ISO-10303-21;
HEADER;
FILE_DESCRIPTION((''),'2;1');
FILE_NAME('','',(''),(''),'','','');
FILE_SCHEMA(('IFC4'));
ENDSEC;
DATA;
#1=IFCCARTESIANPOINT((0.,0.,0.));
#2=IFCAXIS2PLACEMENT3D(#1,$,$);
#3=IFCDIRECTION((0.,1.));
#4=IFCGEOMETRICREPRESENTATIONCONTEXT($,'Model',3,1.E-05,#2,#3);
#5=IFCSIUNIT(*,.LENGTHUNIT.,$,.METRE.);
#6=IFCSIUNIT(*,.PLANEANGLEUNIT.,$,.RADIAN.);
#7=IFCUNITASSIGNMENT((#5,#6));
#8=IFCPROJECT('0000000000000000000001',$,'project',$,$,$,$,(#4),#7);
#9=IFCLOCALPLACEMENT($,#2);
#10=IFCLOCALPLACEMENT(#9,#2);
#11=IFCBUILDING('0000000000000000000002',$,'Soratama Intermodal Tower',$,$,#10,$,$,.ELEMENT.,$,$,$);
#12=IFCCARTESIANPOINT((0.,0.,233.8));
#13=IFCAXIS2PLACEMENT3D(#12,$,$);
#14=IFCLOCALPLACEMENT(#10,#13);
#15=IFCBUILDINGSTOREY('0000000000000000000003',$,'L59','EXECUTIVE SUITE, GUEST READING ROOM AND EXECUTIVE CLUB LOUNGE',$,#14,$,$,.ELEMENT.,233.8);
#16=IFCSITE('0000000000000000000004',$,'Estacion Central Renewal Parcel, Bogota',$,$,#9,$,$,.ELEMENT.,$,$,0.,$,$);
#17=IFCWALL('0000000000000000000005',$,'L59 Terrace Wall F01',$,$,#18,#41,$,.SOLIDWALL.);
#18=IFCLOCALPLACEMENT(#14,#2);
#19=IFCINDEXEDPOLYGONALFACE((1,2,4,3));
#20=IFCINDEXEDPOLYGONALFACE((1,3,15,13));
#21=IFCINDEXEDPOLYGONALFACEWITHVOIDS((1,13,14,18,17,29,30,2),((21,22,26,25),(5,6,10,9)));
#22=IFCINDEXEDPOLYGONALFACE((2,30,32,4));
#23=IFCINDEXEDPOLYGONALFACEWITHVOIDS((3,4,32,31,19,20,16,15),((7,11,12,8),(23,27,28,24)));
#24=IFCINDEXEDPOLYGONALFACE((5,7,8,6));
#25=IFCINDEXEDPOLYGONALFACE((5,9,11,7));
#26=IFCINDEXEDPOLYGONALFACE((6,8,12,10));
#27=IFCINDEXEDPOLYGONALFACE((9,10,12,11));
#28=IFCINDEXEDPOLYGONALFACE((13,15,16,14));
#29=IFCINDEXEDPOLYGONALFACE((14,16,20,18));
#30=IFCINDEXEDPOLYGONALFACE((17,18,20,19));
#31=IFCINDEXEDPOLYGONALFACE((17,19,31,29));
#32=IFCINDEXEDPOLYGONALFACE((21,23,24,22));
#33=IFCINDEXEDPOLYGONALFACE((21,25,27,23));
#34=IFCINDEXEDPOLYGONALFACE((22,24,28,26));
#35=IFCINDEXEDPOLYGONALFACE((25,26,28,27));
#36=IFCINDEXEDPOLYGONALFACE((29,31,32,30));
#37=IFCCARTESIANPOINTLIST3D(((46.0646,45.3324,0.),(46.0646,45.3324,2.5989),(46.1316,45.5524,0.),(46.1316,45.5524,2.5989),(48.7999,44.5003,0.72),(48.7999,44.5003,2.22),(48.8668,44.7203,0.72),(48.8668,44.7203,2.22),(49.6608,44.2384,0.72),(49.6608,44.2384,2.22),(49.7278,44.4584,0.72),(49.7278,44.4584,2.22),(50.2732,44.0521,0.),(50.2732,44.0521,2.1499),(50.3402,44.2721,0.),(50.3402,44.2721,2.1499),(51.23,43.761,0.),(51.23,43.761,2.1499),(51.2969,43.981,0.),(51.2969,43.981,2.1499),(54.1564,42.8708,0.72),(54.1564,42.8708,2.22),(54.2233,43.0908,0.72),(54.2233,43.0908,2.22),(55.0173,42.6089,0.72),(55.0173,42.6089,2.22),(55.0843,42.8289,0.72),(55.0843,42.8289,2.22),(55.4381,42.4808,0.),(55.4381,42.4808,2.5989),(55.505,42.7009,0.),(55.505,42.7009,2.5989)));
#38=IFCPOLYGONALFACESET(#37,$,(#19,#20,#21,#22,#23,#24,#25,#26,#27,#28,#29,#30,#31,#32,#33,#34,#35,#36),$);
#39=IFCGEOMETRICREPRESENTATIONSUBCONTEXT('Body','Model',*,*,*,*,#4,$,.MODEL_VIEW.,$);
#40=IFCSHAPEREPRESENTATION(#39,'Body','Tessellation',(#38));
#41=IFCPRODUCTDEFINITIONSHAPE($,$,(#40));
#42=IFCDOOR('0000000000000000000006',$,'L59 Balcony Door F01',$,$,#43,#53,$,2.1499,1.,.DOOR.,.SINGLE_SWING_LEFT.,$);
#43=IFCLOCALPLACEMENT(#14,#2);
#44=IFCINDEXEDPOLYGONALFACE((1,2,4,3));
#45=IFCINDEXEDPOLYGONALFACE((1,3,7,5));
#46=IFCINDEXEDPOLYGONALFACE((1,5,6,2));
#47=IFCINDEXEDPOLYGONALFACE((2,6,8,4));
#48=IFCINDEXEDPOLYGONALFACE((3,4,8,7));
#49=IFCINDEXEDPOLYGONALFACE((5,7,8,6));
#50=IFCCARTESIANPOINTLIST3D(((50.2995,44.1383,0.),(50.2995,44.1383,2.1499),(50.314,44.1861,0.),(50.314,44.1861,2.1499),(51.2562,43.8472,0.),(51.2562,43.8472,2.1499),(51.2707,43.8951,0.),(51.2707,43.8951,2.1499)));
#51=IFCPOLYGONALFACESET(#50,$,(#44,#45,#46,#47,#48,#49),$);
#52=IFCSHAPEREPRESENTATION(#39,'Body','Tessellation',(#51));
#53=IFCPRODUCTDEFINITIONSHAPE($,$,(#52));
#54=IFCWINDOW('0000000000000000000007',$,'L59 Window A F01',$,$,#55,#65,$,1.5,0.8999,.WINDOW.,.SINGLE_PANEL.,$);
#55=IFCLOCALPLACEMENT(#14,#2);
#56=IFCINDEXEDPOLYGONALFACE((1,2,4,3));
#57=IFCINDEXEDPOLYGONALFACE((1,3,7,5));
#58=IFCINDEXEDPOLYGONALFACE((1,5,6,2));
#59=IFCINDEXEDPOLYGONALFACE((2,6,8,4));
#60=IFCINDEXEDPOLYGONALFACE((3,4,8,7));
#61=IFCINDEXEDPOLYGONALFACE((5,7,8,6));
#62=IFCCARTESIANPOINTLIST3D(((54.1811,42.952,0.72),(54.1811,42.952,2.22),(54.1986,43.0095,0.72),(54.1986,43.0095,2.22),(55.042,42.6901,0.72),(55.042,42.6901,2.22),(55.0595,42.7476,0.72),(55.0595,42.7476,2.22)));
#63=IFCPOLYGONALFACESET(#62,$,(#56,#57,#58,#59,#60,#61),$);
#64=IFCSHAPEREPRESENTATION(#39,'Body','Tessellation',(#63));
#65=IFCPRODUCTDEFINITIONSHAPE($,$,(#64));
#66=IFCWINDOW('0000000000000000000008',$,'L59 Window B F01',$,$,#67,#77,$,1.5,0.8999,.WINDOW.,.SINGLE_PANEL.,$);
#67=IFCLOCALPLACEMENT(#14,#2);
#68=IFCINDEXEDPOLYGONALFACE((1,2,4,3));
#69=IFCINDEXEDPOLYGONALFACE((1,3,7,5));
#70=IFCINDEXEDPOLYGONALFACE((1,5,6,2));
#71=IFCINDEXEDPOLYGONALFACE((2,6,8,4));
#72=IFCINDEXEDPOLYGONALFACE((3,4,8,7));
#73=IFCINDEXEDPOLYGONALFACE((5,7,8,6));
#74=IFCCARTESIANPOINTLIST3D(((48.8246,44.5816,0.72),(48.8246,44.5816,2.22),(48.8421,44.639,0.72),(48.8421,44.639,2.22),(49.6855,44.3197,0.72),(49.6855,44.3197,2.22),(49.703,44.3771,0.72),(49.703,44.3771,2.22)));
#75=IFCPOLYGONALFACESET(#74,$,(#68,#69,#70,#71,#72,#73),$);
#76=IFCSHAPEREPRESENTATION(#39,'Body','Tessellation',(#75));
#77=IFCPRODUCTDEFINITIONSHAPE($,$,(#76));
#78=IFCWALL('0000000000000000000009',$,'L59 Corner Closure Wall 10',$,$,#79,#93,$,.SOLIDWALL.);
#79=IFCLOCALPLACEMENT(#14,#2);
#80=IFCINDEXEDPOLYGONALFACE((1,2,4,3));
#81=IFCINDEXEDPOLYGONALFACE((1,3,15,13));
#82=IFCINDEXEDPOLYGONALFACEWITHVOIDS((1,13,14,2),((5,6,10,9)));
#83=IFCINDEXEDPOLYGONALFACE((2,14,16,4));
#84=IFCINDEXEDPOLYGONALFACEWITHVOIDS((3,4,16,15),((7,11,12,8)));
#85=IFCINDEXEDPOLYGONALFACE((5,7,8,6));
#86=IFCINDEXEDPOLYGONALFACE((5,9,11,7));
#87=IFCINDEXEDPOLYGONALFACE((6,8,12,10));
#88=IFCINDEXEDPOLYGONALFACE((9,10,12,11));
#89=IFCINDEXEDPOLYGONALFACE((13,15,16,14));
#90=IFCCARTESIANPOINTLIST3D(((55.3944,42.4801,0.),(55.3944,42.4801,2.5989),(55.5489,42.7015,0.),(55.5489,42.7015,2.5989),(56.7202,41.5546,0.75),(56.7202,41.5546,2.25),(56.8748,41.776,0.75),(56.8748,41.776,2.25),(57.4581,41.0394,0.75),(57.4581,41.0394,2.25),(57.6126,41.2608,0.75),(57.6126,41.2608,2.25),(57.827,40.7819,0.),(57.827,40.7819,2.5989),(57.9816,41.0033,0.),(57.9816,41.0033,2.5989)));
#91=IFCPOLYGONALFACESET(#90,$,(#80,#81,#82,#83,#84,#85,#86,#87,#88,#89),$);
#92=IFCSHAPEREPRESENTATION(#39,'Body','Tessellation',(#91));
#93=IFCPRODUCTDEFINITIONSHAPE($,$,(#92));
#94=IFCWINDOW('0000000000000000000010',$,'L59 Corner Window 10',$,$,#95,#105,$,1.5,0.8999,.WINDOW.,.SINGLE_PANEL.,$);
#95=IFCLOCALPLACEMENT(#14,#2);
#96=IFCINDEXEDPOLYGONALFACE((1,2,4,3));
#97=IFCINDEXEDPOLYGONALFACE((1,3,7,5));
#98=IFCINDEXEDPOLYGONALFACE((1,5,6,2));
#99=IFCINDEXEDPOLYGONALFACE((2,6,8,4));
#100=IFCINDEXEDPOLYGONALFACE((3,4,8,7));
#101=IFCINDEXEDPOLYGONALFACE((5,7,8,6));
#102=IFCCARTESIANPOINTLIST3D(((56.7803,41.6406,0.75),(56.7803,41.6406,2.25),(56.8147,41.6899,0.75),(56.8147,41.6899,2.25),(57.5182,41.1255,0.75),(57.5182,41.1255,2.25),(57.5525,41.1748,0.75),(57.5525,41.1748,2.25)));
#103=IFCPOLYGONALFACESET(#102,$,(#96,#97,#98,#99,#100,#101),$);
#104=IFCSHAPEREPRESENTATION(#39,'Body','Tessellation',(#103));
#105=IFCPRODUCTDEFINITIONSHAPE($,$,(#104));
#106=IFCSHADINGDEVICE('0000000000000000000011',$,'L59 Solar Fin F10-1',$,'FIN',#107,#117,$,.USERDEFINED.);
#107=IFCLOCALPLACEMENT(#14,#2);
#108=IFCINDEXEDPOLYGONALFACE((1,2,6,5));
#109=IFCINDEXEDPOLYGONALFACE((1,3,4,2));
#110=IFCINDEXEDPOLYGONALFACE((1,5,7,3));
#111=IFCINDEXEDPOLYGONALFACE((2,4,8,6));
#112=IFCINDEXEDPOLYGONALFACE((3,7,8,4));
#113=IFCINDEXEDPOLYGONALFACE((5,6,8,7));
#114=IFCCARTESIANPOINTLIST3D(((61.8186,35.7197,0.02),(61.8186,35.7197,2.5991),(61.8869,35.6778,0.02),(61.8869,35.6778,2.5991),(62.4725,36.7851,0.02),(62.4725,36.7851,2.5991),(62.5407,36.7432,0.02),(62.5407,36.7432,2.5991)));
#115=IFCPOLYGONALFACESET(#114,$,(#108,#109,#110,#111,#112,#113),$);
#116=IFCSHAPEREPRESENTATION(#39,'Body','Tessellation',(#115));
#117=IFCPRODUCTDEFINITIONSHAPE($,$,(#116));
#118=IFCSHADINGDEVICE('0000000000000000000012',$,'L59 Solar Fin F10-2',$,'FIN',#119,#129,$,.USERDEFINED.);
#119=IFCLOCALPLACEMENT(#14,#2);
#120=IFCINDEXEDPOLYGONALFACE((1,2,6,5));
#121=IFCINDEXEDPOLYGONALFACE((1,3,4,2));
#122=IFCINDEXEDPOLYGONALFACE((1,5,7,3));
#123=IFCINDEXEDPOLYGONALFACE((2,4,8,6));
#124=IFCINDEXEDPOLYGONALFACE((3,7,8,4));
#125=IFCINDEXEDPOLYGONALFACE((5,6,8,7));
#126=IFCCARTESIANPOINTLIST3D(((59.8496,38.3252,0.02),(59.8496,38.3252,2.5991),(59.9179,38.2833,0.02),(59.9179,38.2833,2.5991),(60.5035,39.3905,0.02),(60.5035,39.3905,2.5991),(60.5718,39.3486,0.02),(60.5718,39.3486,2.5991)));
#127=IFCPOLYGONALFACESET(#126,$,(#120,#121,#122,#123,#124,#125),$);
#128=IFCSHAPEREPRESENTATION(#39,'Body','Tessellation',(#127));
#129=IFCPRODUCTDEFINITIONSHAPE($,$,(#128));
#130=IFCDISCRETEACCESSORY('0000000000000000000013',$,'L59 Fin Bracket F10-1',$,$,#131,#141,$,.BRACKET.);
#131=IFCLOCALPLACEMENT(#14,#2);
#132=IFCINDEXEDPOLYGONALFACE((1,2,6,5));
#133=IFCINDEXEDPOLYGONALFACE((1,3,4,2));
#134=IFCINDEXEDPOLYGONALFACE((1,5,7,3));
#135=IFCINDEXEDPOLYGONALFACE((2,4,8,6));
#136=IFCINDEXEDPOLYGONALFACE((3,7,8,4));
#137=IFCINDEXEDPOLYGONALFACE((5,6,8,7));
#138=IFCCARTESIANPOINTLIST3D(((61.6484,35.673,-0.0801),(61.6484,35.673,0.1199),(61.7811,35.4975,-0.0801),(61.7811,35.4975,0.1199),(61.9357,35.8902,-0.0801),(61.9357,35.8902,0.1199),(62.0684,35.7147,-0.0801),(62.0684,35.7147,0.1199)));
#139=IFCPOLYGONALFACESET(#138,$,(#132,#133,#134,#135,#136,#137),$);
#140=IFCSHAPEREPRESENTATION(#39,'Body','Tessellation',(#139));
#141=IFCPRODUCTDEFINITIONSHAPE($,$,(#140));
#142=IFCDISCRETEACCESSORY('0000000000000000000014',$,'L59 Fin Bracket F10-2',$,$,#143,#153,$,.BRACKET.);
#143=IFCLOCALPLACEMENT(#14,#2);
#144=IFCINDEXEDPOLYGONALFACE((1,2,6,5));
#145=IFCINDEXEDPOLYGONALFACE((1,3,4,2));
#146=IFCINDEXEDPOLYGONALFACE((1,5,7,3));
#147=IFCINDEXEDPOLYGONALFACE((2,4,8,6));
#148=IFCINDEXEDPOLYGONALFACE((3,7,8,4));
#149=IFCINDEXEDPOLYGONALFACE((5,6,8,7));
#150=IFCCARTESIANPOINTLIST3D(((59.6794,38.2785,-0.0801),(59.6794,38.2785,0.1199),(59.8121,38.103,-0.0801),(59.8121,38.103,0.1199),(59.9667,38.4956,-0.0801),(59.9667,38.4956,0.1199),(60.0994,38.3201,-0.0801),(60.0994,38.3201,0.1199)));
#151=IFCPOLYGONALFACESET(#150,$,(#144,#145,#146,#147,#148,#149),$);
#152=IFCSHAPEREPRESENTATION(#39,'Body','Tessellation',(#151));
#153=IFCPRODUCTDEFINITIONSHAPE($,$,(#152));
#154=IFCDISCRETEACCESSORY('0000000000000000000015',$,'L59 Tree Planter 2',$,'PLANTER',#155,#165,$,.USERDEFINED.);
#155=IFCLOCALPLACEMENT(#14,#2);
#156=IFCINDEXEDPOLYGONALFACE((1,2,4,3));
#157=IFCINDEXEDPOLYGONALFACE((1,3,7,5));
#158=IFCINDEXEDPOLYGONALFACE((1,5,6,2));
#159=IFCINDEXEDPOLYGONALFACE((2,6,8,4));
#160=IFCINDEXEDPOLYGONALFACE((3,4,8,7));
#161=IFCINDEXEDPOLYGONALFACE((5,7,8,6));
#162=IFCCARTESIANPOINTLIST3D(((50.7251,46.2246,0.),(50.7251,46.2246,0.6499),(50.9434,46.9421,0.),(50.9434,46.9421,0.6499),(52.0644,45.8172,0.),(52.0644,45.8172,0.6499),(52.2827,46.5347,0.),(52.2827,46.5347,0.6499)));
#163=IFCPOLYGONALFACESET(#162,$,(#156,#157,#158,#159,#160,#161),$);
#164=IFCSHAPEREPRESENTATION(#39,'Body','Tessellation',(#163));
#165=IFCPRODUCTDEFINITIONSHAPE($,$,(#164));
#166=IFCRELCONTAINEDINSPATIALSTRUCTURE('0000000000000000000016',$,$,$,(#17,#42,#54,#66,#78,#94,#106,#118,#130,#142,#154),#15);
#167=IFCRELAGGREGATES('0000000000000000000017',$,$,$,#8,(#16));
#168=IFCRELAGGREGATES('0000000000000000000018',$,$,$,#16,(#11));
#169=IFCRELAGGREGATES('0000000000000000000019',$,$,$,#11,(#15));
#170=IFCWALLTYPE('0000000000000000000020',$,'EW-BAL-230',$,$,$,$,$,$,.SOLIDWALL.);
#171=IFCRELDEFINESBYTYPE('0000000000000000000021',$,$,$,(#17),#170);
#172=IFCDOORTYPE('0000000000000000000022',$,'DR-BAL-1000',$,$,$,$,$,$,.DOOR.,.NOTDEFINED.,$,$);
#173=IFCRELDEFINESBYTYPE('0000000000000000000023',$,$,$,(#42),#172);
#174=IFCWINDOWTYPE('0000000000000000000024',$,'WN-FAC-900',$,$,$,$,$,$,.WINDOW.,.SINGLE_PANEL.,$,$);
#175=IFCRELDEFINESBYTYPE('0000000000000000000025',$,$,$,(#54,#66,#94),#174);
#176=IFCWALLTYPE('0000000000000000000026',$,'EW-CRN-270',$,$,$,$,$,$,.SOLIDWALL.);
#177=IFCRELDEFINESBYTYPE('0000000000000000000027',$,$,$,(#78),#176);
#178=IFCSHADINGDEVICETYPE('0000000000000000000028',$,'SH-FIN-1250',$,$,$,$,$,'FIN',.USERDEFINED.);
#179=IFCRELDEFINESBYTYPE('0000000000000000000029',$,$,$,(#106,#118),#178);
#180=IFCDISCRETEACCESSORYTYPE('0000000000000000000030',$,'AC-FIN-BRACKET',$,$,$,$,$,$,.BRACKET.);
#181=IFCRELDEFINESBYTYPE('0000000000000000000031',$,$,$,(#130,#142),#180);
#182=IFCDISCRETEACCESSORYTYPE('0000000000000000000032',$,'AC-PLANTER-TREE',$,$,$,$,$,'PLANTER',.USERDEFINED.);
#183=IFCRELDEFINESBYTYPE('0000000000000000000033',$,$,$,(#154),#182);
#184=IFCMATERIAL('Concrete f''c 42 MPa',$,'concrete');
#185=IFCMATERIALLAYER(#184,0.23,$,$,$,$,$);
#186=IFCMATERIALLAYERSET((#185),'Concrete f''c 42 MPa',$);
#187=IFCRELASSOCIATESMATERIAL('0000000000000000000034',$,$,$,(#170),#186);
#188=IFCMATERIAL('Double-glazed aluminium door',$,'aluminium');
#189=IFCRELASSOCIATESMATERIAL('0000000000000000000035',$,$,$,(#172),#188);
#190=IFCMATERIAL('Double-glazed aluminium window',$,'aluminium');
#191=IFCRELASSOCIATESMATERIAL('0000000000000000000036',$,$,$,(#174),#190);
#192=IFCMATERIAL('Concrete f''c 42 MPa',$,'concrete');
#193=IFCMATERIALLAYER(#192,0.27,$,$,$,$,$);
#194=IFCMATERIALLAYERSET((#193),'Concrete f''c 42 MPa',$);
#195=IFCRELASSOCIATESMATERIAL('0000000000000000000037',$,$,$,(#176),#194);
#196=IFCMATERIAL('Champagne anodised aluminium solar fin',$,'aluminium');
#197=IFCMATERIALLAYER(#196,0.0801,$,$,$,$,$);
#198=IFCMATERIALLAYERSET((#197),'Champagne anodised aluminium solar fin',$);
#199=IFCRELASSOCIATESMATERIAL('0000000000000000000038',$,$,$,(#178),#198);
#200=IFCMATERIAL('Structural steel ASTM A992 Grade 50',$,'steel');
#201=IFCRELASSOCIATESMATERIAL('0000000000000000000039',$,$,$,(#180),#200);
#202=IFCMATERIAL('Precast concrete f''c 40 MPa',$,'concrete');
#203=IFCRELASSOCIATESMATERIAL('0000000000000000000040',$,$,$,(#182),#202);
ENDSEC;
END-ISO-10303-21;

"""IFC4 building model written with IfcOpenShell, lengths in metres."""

from ifc_helpers import new_model, si_unit, direction, frame, frame_2d, origin, origin_2d, place, context, subcontext, project, spatial, rectangle, extrude, material, layer, layer_set, type_object, element, fill, save


model = new_model("IFC4")

# Units and contexts
model_context = context("Model", 3, precision=1e-05, world=origin(), true_north=direction((0.0, 1.0)))
body_context = subcontext(model_context, "Body", "Model", "MODEL_VIEW")
ifc_project = project(units=[si_unit("LENGTHUNIT", "METRE"), si_unit("PLANEANGLEUNIT", "RADIAN")], contexts=[model_context])

# Site, building, storey
site_placement = place(None, origin())
site = spatial("IfcSite", under=ifc_project, at=site_placement, Name="Estacion Central Renewal Parcel, Bogota", CompositionType="ELEMENT", RefElevation=0.0)
building_placement = place(site_placement, origin())
building = spatial("IfcBuilding", under=site, at=building_placement, Name="Soratama Intermodal Tower", CompositionType="ELEMENT")
storey_placement = place(building_placement, frame((0.0, 0.0, 233.8)))
storey = spatial("IfcBuildingStorey", under=building, at=storey_placement, Name="L59", Description="EXECUTIVE SUITE, GUEST READING ROOM AND EXECUTIVE CLUB LOUNGE", CompositionType="ELEMENT", Elevation=233.8)

# Wall, openings, door, windows
ifc_material_1 = material(Name="Concrete f'c 42 MPa", Category="concrete")
ifc_layer_1 = layer(ifc_material_1, 0.23)
ifc_layer_set_1 = layer_set([ifc_layer_1], Name="Concrete f'c 42 MPa")
wall_type_1 = type_object("IfcWallType", Name="EW-BAL-230", PredefinedType="SOLIDWALL", material=ifc_layer_set_1)
wall_1_placement = place(storey_placement, frame((55.4717, 42.5908, 0.0), z_axis=(0.0, 0.0, 1.0), x_axis=(-0.956709, 0.291045, 0.0)))
wall_1 = element("IfcWall", 1, at=wall_1_placement, inside=storey, type_object=wall_type_1, Name="L59 Terrace Wall F01", PredefinedType="SOLIDWALL", context=body_context, shape_type="SweptSolid", body=[
    extrude(rectangle(XDim=9.7976, YDim=0.23, at=frame_2d((4.8989, 0.0))), origin(), (0.0, 0.0, 1.0), 2.5989),
])
opening_1_placement = place(wall_1_placement, frame((4.3987, 0.0, 0.0)))
opening_1 = element("IfcOpeningElement", 2, at=opening_1_placement, cuts=wall_1, PredefinedType="OPENING", context=body_context, shape_type="SweptSolid", body=[
    extrude(rectangle(XDim=1.0, YDim=2.1499, at=frame_2d((0.5, 1.075))), frame((0.0, 0.125, 0.0), z_axis=(0.0, -1.0, 0.0), x_axis=(1.0, 0.0, 0.0)), (0.0, 0.0, 1.0), 0.25),
])
opening_2_placement = place(wall_1_placement, frame((0.4399, 0.0, 0.72)))
opening_2 = element("IfcOpeningElement", 3, at=opening_2_placement, cuts=wall_1, PredefinedType="OPENING", context=body_context, shape_type="SweptSolid", body=[
    extrude(rectangle(XDim=0.8999, YDim=1.5, at=frame_2d((0.45, 0.75))), frame((0.0, 0.125, 0.0), z_axis=(0.0, -1.0, 0.0), x_axis=(1.0, 0.0, 0.0)), (0.0, 0.0, 1.0), 0.25),
])
opening_3_placement = place(wall_1_placement, frame((6.0388, 0.0, 0.72)))
opening_3 = element("IfcOpeningElement", 4, at=opening_3_placement, cuts=wall_1, PredefinedType="OPENING", context=body_context, shape_type="SweptSolid", body=[
    extrude(rectangle(XDim=0.8999, YDim=1.5, at=frame_2d((0.45, 0.75))), frame((0.0, 0.125, 0.0), z_axis=(0.0, -1.0, 0.0), x_axis=(1.0, 0.0, 0.0)), (0.0, 0.0, 1.0), 0.25),
])
ifc_material_2 = material(Name="Double-glazed aluminium door", Category="aluminium")
door_type = type_object("IfcDoorType", Name="DR-BAL-1000", OperationType="NOTDEFINED", PredefinedType="DOOR", material=ifc_material_2)
door_placement = place(opening_1_placement, origin())
door = element("IfcDoor", 5, at=door_placement, inside=storey, type_object=door_type, Name="L59 Balcony Door F01", OperationType="SINGLE_SWING_LEFT", OverallHeight=2.1499, OverallWidth=1.0, PredefinedType="DOOR", context=body_context, shape_type="SweptSolid", body=[
    extrude(rectangle(XDim=1.0, YDim=2.1499, at=frame_2d((0.5, 1.075))), frame((0.0, 0.0249, 0.0), z_axis=(0.0, -1.0, 0.0), x_axis=(1.0, 0.0, 0.0)), (0.0, 0.0, 1.0), 0.05),
])
fill(opening_1, door)
ifc_material_3 = material(Name="Double-glazed aluminium window", Category="aluminium")
window_type = type_object("IfcWindowType", Name="WN-FAC-900", PartitioningType="SINGLE_PANEL", PredefinedType="WINDOW", material=ifc_material_3)
window_1_placement = place(opening_2_placement, origin())
window_1 = element("IfcWindow", 6, at=window_1_placement, inside=storey, type_object=window_type, Name="L59 Window A F01", OverallHeight=1.5, OverallWidth=0.8999, PartitioningType="SINGLE_PANEL", PredefinedType="WINDOW", context=body_context, shape_type="SweptSolid", body=[
    extrude(rectangle(XDim=0.8999, YDim=1.5, at=frame_2d((0.45, 0.75))), frame((0.0, 0.03, 0.0), z_axis=(0.0, -1.0, 0.0), x_axis=(1.0, 0.0, 0.0)), (0.0, 0.0, 1.0), 0.0601),
])
fill(opening_2, window_1)
window_2_placement = place(opening_3_placement, origin())
window_2 = element("IfcWindow", 7, at=window_2_placement, inside=storey, type_object=window_type, Name="L59 Window B F01", OverallHeight=1.5, OverallWidth=0.8999, PartitioningType="SINGLE_PANEL", PredefinedType="WINDOW", context=body_context, shape_type="SweptSolid", body=[
    extrude(rectangle(XDim=0.8999, YDim=1.5, at=frame_2d((0.45, 0.75))), frame((0.0, 0.03, 0.0), z_axis=(0.0, -1.0, 0.0), x_axis=(1.0, 0.0, 0.0)), (0.0, 0.0, 1.0), 0.0601),
])
fill(opening_3, window_2)

# Wall, opening, window
ifc_material_4 = material(Name="Concrete f'c 42 MPa", Category="concrete")
ifc_layer_2 = layer(ifc_material_4, 0.27)
ifc_layer_set_2 = layer_set([ifc_layer_2], Name="Concrete f'c 42 MPa")
wall_type_2 = type_object("IfcWallType", Name="EW-CRN-270", PredefinedType="SOLIDWALL", material=ifc_layer_set_2)
wall_2_placement = place(storey_placement, frame((57.9043, 40.8926, 0.0), z_axis=(0.0, 0.0, 1.0), x_axis=(-0.819958, 0.572424, 0.0)))
wall_2 = element("IfcWall", 8, at=wall_2_placement, inside=storey, type_object=wall_type_2, Name="L59 Corner Closure Wall 10", PredefinedType="SOLIDWALL", context=body_context, shape_type="SweptSolid", body=[
    extrude(rectangle(XDim=2.9668, YDim=0.27, at=frame_2d((1.4834, 0.0))), origin(), (0.0, 0.0, 1.0), 2.5989),
])
opening_4_placement = place(wall_2_placement, frame((0.45, 0.0, 0.75)))
opening_4 = element("IfcOpeningElement", 9, at=opening_4_placement, cuts=wall_2, PredefinedType="OPENING", context=body_context, shape_type="SweptSolid", body=[
    extrude(rectangle(XDim=0.8999, YDim=1.5, at=frame_2d((0.45, 0.75))), frame((0.0, 0.145, 0.0), z_axis=(0.0, -1.0, 0.0), x_axis=(1.0, 0.0, 0.0)), (0.0, 0.0, 1.0), 0.29),
])
window_3_placement = place(opening_4_placement, origin())
window_3 = element("IfcWindow", 10, at=window_3_placement, inside=storey, type_object=window_type, Name="L59 Corner Window 10", OverallHeight=1.5, OverallWidth=0.8999, PartitioningType="SINGLE_PANEL", PredefinedType="WINDOW", context=body_context, shape_type="SweptSolid", body=[
    extrude(rectangle(XDim=0.8999, YDim=1.5, at=frame_2d((0.45, 0.75))), frame((0.0, 0.03, 0.0), z_axis=(0.0, -1.0, 0.0), x_axis=(1.0, 0.0, 0.0)), (0.0, 0.0, 1.0), 0.0601),
])
fill(opening_4, window_3)

# Shading devices
ifc_material_5 = material(Name="Champagne anodised aluminium solar fin", Category="aluminium")
ifc_layer_3 = layer(ifc_material_5, 0.0801)
ifc_layer_set_3 = layer_set([ifc_layer_3], Name="Champagne anodised aluminium solar fin")
shading_device_type = type_object("IfcShadingDeviceType", Name="SH-FIN-1250", ElementType="FIN", PredefinedType="USERDEFINED", material=ifc_layer_set_3)
for number, where, z_axis, x_axis, name in (
    (11, (62.1797, 36.2314, 0.02), (0.0, 0.0, 1.0), (0.523094, 0.852275, 0.0), "L59 Solar Fin F10-1"),
    (12, (60.2107, 38.8369, 0.02), (0.0, 0.0, 1.0), (0.523094, 0.852275, 0.0), "L59 Solar Fin F10-2"),
):
    element("IfcShadingDevice", number, at=place(storey_placement, frame(where, z_axis=z_axis, x_axis=x_axis)), inside=storey, type_object=shading_device_type, Name=name, ObjectType="FIN", PredefinedType="USERDEFINED", context=body_context, shape_type="SweptSolid", body=[
        extrude(rectangle(XDim=1.25, YDim=0.0801, at=origin_2d()), origin(), (0.0, 0.0, 1.0), 2.5791),
    ])

# Discrete accessories
ifc_material_6 = material(Name="Structural steel ASTM A992 Grade 50", Category="steel")
discrete_accessory_type_1 = type_object("IfcDiscreteAccessoryType", Name="AC-FIN-BRACKET", PredefinedType="BRACKET", material=ifc_material_6)
for number, where, z_axis, x_axis, name in (
    (13, (61.8584, 35.6938, -0.0801), (0.0, 0.0, 1.0), (0.797794, 0.60293, 0.0), "L59 Fin Bracket F10-1"),
    (14, (59.8894, 38.2993, -0.0801), (0.0, 0.0, 1.0), (0.797794, 0.60293, 0.0), "L59 Fin Bracket F10-2"),
):
    element("IfcDiscreteAccessory", number, at=place(storey_placement, frame(where, z_axis=z_axis, x_axis=x_axis)), inside=storey, type_object=discrete_accessory_type_1, Name=name, PredefinedType="BRACKET", context=body_context, shape_type="SweptSolid", body=[
        extrude(rectangle(XDim=0.3601, YDim=0.22, at=origin_2d()), origin(), (0.0, 0.0, 1.0), 0.2),
    ])
ifc_material_7 = material(Name="Precast concrete f'c 40 MPa", Category="concrete")
discrete_accessory_type_2 = type_object("IfcDiscreteAccessoryType", Name="AC-PLANTER-TREE", ElementType="PLANTER", PredefinedType="USERDEFINED", material=ifc_material_7)
discrete_accessory_placement = place(storey_placement, frame((51.5039, 46.3796, 0.0), z_axis=(0.0, 0.0, 1.0), x_axis=(0.291036, 0.956712, 0.0)))
element("IfcDiscreteAccessory", 15, at=discrete_accessory_placement, inside=storey, type_object=discrete_accessory_type_2, Name="L59 Tree Planter 2", ObjectType="PLANTER", PredefinedType="USERDEFINED", context=body_context, shape_type="SweptSolid", body=[
    extrude(rectangle(XDim=0.75, YDim=1.3999, at=origin_2d()), origin(), (0.0, 0.0, 1.0), 0.6499),
])

save(model, "model.ifc")
